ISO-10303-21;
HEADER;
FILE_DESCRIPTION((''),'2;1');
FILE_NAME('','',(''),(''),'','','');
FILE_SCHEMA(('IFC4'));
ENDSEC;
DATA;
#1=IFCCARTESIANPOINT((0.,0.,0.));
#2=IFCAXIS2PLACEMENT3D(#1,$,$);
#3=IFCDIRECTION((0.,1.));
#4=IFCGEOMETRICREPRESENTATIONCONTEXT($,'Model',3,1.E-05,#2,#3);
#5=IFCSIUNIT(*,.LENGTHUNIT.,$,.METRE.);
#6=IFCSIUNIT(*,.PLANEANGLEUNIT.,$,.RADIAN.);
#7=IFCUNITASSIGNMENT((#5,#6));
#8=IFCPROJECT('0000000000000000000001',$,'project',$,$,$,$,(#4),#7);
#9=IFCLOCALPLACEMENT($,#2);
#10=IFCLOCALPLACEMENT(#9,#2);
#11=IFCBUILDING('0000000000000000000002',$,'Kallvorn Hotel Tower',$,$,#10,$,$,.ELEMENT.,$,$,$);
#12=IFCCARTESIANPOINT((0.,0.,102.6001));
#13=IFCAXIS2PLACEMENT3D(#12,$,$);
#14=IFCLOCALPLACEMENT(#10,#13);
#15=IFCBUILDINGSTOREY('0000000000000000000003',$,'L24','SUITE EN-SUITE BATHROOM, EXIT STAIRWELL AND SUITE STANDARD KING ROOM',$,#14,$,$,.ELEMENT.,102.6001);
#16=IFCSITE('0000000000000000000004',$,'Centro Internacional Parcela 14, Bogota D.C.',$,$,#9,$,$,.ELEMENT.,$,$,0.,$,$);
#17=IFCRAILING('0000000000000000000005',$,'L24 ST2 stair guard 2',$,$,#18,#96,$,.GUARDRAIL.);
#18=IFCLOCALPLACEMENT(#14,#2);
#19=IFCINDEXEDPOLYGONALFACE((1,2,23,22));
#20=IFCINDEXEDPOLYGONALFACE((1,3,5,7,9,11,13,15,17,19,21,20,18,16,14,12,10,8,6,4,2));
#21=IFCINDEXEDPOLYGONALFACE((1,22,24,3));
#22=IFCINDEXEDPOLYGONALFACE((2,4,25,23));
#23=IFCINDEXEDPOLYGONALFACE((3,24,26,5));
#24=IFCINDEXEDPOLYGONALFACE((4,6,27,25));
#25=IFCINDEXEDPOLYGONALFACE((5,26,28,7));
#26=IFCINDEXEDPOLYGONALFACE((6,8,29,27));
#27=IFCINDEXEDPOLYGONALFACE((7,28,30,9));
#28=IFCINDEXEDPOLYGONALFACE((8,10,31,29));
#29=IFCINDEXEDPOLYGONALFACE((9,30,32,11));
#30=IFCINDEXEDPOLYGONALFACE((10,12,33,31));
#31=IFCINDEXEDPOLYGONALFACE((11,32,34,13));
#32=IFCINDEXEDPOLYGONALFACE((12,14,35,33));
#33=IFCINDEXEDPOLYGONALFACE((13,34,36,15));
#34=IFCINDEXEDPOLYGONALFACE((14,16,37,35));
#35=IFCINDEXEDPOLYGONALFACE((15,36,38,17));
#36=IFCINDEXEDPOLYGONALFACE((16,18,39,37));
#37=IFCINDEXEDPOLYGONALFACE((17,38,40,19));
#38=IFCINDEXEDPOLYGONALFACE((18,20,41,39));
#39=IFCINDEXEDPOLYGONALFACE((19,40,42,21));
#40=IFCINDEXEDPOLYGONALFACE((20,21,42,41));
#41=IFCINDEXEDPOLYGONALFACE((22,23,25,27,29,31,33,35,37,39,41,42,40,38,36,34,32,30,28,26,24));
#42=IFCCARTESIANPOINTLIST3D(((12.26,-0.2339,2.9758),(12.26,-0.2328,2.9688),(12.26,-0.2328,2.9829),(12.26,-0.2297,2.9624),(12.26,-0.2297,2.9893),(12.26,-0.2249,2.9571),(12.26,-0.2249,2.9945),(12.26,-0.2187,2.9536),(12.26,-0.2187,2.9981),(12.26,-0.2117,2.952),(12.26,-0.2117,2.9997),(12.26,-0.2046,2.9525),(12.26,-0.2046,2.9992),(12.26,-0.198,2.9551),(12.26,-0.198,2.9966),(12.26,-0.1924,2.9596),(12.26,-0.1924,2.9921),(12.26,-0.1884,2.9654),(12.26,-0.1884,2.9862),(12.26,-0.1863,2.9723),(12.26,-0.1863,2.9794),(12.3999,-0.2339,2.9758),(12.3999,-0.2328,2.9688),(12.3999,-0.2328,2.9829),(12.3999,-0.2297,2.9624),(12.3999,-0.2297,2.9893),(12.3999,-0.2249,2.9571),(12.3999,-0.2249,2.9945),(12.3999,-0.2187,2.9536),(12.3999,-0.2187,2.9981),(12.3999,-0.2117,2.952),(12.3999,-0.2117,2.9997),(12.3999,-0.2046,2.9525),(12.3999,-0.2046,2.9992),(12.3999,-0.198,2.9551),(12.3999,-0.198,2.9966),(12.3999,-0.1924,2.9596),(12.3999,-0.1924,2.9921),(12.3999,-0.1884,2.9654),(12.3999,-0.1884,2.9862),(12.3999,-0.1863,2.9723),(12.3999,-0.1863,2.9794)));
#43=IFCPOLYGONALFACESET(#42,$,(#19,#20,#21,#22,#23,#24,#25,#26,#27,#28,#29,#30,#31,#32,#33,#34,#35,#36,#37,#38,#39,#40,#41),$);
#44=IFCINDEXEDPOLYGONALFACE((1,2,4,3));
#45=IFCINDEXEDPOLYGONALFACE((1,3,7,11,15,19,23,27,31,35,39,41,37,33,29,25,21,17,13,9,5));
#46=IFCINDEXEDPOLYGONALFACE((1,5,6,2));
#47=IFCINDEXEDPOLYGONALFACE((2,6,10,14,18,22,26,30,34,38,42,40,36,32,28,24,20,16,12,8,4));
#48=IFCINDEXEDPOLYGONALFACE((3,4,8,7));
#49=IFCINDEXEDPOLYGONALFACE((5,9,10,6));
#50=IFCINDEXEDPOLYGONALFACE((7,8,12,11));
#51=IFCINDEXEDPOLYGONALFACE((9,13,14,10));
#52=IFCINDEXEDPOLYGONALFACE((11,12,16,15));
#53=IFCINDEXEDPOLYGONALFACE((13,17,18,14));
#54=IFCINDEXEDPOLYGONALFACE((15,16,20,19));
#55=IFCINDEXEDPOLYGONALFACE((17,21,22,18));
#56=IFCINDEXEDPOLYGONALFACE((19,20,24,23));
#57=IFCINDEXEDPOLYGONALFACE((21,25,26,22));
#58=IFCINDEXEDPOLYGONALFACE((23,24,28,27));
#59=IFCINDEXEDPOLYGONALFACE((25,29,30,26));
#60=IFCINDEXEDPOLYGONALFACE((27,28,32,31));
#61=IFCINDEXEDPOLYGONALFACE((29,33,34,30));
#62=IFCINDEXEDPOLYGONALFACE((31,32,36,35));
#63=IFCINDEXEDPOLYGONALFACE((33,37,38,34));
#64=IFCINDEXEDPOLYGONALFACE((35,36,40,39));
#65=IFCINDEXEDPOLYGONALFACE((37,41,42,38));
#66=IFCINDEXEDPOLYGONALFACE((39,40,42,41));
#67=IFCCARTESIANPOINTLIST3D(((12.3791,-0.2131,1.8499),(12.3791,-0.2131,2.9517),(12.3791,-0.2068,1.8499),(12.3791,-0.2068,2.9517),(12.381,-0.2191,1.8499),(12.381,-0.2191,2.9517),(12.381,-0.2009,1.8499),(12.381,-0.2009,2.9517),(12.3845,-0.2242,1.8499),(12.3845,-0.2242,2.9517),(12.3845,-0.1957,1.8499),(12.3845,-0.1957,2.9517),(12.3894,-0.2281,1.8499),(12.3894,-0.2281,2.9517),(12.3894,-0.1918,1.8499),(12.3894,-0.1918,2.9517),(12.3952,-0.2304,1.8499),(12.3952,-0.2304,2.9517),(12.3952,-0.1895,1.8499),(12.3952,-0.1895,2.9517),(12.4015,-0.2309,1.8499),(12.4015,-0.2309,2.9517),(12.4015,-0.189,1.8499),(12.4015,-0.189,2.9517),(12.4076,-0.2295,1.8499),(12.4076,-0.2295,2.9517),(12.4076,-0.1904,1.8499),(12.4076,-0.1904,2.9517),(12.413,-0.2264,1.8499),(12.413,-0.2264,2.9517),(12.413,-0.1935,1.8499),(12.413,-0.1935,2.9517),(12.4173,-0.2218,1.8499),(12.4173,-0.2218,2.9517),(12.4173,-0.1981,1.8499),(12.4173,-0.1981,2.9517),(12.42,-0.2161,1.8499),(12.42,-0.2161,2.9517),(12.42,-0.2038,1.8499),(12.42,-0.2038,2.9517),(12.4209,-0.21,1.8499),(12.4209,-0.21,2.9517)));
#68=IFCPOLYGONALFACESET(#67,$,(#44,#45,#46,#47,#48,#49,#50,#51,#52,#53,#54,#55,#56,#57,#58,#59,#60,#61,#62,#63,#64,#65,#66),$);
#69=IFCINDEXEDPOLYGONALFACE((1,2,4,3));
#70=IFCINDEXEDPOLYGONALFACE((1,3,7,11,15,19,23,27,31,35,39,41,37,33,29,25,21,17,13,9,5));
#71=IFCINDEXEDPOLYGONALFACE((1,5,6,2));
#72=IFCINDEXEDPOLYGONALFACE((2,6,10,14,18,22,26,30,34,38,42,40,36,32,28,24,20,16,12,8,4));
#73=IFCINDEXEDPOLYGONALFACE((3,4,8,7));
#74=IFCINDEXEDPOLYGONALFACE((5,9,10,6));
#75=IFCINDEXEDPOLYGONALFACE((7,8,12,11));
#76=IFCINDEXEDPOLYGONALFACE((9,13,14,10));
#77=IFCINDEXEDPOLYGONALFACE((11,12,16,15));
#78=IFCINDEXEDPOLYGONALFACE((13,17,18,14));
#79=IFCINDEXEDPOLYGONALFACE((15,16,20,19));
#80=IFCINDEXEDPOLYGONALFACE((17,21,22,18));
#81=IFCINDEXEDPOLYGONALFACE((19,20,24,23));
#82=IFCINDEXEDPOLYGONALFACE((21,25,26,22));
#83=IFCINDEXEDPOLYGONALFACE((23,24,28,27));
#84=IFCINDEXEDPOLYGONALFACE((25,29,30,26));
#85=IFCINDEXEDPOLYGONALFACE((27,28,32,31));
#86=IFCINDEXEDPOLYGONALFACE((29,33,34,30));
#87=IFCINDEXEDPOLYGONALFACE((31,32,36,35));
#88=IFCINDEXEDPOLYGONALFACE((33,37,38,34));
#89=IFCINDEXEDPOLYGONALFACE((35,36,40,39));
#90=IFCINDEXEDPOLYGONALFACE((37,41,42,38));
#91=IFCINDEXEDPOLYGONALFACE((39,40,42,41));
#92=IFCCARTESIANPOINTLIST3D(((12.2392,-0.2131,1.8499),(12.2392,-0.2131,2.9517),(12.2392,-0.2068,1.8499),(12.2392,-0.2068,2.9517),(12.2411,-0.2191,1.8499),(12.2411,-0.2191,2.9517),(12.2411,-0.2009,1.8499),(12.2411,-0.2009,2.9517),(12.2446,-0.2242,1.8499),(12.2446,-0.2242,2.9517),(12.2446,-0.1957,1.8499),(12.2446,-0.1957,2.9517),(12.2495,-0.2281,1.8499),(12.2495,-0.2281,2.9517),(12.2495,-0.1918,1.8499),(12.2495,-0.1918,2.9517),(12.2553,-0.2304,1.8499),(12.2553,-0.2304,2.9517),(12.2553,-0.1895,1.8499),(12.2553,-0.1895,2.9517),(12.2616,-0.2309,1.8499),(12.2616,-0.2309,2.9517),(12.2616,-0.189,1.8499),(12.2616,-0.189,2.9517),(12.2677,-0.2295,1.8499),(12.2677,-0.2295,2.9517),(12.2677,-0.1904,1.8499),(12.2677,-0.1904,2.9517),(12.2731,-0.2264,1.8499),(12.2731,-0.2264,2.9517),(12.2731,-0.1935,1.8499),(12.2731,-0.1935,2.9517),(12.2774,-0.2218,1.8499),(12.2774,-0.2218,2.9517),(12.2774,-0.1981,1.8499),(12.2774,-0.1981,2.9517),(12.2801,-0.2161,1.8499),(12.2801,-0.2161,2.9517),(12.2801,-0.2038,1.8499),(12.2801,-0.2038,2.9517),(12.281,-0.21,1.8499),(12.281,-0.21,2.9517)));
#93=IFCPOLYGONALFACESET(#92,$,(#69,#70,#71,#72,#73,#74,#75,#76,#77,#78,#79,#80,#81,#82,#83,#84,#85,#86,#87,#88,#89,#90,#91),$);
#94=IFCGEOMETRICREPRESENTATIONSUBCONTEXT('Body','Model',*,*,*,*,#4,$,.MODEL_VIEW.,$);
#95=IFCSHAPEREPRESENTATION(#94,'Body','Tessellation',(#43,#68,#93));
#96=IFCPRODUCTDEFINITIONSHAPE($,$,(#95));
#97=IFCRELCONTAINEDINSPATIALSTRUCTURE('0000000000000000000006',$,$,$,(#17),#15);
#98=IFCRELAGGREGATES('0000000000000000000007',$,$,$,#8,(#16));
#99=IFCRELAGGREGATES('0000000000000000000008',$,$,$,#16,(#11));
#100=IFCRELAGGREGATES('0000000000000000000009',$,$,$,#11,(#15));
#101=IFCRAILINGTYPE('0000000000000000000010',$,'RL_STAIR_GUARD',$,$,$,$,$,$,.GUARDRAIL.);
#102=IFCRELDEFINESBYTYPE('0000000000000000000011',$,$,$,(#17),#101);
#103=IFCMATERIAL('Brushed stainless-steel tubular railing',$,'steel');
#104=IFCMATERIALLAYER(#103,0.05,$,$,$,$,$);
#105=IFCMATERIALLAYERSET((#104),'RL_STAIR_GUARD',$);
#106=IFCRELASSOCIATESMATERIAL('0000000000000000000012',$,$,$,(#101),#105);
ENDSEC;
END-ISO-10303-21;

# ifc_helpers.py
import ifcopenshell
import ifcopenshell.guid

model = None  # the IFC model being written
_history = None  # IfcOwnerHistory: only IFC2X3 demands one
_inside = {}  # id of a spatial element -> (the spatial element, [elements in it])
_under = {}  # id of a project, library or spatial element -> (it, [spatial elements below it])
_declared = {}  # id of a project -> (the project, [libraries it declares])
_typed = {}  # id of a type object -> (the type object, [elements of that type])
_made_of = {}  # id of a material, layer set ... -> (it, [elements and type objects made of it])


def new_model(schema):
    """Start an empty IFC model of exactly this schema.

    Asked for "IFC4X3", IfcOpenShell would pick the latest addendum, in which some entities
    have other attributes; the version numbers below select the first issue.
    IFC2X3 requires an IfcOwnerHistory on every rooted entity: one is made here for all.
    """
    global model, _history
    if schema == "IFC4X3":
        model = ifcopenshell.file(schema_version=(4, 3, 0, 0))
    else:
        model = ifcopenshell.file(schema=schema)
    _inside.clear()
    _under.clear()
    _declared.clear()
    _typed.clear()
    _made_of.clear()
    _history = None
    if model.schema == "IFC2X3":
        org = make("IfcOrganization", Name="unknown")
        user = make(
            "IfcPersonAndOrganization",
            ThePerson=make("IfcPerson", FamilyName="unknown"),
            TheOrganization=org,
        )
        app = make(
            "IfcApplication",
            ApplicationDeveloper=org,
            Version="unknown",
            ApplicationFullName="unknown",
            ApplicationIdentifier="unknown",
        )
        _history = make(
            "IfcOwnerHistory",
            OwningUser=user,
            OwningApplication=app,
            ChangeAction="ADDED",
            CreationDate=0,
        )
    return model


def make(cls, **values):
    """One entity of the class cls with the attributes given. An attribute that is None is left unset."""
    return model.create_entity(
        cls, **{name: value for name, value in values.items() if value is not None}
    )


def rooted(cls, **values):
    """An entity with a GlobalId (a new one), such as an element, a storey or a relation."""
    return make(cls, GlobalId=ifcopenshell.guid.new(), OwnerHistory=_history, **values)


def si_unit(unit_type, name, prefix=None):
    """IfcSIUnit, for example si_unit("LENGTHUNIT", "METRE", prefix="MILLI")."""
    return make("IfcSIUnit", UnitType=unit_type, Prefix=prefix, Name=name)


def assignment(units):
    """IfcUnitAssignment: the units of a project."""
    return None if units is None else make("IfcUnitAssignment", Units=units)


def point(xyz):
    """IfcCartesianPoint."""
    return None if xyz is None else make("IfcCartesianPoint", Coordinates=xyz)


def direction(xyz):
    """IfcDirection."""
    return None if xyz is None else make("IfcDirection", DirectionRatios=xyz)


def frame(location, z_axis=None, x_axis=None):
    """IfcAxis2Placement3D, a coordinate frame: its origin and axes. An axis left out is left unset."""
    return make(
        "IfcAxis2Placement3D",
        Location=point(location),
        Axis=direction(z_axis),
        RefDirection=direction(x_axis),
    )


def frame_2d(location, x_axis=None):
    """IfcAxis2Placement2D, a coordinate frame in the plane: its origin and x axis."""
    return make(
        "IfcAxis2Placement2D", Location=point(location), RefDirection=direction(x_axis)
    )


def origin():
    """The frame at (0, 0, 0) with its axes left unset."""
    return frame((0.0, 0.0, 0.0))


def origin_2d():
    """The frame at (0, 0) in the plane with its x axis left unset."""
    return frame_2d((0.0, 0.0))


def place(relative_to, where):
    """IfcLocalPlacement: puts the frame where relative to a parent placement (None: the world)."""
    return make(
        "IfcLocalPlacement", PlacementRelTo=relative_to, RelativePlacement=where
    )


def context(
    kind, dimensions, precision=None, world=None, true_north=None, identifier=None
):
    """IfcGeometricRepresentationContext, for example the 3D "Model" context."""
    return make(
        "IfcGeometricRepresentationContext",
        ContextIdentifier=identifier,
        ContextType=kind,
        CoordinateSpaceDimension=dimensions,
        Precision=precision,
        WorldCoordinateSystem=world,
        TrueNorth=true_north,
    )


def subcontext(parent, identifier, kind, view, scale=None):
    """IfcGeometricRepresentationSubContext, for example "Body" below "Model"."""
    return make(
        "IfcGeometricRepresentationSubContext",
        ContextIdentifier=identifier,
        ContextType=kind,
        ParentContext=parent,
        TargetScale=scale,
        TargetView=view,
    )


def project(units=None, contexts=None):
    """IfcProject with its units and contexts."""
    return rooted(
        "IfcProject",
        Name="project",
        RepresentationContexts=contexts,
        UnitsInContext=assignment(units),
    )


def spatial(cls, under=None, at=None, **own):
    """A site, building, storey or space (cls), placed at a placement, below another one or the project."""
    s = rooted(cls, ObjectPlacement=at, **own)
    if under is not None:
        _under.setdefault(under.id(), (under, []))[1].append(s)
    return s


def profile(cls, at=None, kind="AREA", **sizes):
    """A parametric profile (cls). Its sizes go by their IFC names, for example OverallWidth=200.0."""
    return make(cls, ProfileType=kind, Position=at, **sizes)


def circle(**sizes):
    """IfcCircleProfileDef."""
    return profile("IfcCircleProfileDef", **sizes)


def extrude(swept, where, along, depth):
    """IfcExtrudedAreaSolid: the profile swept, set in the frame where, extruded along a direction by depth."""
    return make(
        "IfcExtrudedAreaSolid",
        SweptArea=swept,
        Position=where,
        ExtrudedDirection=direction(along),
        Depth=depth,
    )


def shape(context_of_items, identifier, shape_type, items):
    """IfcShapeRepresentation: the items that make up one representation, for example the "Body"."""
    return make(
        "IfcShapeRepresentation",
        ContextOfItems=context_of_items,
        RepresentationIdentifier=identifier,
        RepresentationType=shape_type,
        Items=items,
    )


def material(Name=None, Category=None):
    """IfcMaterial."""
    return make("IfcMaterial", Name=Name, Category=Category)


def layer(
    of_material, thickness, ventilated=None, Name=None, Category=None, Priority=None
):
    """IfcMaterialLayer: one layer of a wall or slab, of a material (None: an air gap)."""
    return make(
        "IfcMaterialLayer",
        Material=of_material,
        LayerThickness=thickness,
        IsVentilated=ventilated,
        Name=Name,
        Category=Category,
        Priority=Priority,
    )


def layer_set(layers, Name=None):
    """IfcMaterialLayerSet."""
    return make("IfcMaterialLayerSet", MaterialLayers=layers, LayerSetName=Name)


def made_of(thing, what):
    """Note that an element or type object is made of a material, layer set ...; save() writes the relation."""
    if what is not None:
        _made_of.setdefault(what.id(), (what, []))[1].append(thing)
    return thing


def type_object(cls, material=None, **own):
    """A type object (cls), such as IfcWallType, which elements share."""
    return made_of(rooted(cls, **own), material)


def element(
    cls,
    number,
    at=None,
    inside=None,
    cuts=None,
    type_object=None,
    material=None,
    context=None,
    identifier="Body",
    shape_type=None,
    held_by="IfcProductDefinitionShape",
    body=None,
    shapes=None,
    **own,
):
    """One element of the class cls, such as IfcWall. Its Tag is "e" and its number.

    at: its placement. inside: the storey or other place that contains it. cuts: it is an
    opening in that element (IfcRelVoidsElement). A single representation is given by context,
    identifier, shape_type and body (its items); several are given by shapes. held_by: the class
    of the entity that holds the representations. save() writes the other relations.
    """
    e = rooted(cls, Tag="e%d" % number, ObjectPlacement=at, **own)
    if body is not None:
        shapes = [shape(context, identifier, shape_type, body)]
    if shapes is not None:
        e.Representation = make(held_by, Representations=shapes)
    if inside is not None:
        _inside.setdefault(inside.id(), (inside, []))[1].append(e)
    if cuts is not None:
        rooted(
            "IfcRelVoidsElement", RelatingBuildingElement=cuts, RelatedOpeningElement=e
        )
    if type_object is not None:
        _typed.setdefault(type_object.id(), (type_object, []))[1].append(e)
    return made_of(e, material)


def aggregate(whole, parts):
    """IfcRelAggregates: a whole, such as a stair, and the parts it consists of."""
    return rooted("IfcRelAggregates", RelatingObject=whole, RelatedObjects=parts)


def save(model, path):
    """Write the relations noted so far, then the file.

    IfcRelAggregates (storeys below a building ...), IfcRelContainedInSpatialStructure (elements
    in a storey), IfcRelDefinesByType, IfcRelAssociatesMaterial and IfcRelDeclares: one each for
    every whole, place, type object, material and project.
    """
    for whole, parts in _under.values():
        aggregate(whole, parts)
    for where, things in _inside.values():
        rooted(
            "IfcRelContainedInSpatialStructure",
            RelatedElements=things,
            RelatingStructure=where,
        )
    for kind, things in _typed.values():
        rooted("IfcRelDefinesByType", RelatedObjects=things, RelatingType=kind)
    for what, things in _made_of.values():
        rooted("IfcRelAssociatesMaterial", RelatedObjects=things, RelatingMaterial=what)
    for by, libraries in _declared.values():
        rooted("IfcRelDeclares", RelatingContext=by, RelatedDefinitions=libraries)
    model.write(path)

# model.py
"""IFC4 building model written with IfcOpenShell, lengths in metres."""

from ifc_helpers import new_model, si_unit, direction, frame, origin, origin_2d, place, context, subcontext, project, spatial, circle, extrude, material, layer, layer_set, type_object, element, save


model = new_model("IFC4")

# Units and contexts
model_context = context("Model", 3, precision=1e-05, world=origin(), true_north=direction((0.0, 1.0)))
body_context = subcontext(model_context, "Body", "Model", "MODEL_VIEW")
ifc_project = project(units=[si_unit("LENGTHUNIT", "METRE"), si_unit("PLANEANGLEUNIT", "RADIAN")], contexts=[model_context])

# Site, building, storey
site_placement = place(None, origin())
site = spatial("IfcSite", under=ifc_project, at=site_placement, Name="Centro Internacional Parcela 14, Bogota D.C.", CompositionType="ELEMENT", RefElevation=0.0)
building_placement = place(site_placement, origin())
building = spatial("IfcBuilding", under=site, at=building_placement, Name="Kallvorn Hotel Tower", CompositionType="ELEMENT")
storey_placement = place(building_placement, frame((0.0, 0.0, 102.6001)))
storey = spatial("IfcBuildingStorey", under=building, at=storey_placement, Name="L24", Description="SUITE EN-SUITE BATHROOM, EXIT STAIRWELL AND SUITE STANDARD KING ROOM", CompositionType="ELEMENT", Elevation=102.6001)

# Railing
ifc_material_1 = material(Name="Brushed stainless-steel tubular railing", Category="steel")
ifc_layer_1 = layer(ifc_material_1, 0.05)
ifc_layer_set_1 = layer_set([ifc_layer_1], Name="RL_STAIR_GUARD")
railing_type_1 = type_object("IfcRailingType", Name="RL_STAIR_GUARD", PredefinedType="GUARDRAIL", material=ifc_layer_set_1)
railing_1_placement = place(storey_placement, frame((12.3999, -0.21, 1.8499)))
element("IfcRailing", 1, at=railing_1_placement, inside=storey, type_object=railing_type_1, Name="L24 ST2 stair guard 2", PredefinedType="GUARDRAIL", context=body_context, shape_type="SweptSolid", body=[
    extrude(circle(Radius=0.0239, at=origin_2d()), frame((0.0, 0.0, 1.126), z_axis=(-1.0, 0.0, 0.0), x_axis=(0.0, -1.0, 0.0)), (0.0, 0.0, 1.0), 0.1399),
    extrude(circle(Radius=0.021, at=origin_2d()), origin(), (0.0, 0.0, 1.0), 1.1018),
    extrude(circle(Radius=0.021, at=origin_2d()), frame((-0.1399, 0.0, 0.0)), (0.0, 0.0, 1.0), 1.1018),
])

save(model, "model.ifc")
